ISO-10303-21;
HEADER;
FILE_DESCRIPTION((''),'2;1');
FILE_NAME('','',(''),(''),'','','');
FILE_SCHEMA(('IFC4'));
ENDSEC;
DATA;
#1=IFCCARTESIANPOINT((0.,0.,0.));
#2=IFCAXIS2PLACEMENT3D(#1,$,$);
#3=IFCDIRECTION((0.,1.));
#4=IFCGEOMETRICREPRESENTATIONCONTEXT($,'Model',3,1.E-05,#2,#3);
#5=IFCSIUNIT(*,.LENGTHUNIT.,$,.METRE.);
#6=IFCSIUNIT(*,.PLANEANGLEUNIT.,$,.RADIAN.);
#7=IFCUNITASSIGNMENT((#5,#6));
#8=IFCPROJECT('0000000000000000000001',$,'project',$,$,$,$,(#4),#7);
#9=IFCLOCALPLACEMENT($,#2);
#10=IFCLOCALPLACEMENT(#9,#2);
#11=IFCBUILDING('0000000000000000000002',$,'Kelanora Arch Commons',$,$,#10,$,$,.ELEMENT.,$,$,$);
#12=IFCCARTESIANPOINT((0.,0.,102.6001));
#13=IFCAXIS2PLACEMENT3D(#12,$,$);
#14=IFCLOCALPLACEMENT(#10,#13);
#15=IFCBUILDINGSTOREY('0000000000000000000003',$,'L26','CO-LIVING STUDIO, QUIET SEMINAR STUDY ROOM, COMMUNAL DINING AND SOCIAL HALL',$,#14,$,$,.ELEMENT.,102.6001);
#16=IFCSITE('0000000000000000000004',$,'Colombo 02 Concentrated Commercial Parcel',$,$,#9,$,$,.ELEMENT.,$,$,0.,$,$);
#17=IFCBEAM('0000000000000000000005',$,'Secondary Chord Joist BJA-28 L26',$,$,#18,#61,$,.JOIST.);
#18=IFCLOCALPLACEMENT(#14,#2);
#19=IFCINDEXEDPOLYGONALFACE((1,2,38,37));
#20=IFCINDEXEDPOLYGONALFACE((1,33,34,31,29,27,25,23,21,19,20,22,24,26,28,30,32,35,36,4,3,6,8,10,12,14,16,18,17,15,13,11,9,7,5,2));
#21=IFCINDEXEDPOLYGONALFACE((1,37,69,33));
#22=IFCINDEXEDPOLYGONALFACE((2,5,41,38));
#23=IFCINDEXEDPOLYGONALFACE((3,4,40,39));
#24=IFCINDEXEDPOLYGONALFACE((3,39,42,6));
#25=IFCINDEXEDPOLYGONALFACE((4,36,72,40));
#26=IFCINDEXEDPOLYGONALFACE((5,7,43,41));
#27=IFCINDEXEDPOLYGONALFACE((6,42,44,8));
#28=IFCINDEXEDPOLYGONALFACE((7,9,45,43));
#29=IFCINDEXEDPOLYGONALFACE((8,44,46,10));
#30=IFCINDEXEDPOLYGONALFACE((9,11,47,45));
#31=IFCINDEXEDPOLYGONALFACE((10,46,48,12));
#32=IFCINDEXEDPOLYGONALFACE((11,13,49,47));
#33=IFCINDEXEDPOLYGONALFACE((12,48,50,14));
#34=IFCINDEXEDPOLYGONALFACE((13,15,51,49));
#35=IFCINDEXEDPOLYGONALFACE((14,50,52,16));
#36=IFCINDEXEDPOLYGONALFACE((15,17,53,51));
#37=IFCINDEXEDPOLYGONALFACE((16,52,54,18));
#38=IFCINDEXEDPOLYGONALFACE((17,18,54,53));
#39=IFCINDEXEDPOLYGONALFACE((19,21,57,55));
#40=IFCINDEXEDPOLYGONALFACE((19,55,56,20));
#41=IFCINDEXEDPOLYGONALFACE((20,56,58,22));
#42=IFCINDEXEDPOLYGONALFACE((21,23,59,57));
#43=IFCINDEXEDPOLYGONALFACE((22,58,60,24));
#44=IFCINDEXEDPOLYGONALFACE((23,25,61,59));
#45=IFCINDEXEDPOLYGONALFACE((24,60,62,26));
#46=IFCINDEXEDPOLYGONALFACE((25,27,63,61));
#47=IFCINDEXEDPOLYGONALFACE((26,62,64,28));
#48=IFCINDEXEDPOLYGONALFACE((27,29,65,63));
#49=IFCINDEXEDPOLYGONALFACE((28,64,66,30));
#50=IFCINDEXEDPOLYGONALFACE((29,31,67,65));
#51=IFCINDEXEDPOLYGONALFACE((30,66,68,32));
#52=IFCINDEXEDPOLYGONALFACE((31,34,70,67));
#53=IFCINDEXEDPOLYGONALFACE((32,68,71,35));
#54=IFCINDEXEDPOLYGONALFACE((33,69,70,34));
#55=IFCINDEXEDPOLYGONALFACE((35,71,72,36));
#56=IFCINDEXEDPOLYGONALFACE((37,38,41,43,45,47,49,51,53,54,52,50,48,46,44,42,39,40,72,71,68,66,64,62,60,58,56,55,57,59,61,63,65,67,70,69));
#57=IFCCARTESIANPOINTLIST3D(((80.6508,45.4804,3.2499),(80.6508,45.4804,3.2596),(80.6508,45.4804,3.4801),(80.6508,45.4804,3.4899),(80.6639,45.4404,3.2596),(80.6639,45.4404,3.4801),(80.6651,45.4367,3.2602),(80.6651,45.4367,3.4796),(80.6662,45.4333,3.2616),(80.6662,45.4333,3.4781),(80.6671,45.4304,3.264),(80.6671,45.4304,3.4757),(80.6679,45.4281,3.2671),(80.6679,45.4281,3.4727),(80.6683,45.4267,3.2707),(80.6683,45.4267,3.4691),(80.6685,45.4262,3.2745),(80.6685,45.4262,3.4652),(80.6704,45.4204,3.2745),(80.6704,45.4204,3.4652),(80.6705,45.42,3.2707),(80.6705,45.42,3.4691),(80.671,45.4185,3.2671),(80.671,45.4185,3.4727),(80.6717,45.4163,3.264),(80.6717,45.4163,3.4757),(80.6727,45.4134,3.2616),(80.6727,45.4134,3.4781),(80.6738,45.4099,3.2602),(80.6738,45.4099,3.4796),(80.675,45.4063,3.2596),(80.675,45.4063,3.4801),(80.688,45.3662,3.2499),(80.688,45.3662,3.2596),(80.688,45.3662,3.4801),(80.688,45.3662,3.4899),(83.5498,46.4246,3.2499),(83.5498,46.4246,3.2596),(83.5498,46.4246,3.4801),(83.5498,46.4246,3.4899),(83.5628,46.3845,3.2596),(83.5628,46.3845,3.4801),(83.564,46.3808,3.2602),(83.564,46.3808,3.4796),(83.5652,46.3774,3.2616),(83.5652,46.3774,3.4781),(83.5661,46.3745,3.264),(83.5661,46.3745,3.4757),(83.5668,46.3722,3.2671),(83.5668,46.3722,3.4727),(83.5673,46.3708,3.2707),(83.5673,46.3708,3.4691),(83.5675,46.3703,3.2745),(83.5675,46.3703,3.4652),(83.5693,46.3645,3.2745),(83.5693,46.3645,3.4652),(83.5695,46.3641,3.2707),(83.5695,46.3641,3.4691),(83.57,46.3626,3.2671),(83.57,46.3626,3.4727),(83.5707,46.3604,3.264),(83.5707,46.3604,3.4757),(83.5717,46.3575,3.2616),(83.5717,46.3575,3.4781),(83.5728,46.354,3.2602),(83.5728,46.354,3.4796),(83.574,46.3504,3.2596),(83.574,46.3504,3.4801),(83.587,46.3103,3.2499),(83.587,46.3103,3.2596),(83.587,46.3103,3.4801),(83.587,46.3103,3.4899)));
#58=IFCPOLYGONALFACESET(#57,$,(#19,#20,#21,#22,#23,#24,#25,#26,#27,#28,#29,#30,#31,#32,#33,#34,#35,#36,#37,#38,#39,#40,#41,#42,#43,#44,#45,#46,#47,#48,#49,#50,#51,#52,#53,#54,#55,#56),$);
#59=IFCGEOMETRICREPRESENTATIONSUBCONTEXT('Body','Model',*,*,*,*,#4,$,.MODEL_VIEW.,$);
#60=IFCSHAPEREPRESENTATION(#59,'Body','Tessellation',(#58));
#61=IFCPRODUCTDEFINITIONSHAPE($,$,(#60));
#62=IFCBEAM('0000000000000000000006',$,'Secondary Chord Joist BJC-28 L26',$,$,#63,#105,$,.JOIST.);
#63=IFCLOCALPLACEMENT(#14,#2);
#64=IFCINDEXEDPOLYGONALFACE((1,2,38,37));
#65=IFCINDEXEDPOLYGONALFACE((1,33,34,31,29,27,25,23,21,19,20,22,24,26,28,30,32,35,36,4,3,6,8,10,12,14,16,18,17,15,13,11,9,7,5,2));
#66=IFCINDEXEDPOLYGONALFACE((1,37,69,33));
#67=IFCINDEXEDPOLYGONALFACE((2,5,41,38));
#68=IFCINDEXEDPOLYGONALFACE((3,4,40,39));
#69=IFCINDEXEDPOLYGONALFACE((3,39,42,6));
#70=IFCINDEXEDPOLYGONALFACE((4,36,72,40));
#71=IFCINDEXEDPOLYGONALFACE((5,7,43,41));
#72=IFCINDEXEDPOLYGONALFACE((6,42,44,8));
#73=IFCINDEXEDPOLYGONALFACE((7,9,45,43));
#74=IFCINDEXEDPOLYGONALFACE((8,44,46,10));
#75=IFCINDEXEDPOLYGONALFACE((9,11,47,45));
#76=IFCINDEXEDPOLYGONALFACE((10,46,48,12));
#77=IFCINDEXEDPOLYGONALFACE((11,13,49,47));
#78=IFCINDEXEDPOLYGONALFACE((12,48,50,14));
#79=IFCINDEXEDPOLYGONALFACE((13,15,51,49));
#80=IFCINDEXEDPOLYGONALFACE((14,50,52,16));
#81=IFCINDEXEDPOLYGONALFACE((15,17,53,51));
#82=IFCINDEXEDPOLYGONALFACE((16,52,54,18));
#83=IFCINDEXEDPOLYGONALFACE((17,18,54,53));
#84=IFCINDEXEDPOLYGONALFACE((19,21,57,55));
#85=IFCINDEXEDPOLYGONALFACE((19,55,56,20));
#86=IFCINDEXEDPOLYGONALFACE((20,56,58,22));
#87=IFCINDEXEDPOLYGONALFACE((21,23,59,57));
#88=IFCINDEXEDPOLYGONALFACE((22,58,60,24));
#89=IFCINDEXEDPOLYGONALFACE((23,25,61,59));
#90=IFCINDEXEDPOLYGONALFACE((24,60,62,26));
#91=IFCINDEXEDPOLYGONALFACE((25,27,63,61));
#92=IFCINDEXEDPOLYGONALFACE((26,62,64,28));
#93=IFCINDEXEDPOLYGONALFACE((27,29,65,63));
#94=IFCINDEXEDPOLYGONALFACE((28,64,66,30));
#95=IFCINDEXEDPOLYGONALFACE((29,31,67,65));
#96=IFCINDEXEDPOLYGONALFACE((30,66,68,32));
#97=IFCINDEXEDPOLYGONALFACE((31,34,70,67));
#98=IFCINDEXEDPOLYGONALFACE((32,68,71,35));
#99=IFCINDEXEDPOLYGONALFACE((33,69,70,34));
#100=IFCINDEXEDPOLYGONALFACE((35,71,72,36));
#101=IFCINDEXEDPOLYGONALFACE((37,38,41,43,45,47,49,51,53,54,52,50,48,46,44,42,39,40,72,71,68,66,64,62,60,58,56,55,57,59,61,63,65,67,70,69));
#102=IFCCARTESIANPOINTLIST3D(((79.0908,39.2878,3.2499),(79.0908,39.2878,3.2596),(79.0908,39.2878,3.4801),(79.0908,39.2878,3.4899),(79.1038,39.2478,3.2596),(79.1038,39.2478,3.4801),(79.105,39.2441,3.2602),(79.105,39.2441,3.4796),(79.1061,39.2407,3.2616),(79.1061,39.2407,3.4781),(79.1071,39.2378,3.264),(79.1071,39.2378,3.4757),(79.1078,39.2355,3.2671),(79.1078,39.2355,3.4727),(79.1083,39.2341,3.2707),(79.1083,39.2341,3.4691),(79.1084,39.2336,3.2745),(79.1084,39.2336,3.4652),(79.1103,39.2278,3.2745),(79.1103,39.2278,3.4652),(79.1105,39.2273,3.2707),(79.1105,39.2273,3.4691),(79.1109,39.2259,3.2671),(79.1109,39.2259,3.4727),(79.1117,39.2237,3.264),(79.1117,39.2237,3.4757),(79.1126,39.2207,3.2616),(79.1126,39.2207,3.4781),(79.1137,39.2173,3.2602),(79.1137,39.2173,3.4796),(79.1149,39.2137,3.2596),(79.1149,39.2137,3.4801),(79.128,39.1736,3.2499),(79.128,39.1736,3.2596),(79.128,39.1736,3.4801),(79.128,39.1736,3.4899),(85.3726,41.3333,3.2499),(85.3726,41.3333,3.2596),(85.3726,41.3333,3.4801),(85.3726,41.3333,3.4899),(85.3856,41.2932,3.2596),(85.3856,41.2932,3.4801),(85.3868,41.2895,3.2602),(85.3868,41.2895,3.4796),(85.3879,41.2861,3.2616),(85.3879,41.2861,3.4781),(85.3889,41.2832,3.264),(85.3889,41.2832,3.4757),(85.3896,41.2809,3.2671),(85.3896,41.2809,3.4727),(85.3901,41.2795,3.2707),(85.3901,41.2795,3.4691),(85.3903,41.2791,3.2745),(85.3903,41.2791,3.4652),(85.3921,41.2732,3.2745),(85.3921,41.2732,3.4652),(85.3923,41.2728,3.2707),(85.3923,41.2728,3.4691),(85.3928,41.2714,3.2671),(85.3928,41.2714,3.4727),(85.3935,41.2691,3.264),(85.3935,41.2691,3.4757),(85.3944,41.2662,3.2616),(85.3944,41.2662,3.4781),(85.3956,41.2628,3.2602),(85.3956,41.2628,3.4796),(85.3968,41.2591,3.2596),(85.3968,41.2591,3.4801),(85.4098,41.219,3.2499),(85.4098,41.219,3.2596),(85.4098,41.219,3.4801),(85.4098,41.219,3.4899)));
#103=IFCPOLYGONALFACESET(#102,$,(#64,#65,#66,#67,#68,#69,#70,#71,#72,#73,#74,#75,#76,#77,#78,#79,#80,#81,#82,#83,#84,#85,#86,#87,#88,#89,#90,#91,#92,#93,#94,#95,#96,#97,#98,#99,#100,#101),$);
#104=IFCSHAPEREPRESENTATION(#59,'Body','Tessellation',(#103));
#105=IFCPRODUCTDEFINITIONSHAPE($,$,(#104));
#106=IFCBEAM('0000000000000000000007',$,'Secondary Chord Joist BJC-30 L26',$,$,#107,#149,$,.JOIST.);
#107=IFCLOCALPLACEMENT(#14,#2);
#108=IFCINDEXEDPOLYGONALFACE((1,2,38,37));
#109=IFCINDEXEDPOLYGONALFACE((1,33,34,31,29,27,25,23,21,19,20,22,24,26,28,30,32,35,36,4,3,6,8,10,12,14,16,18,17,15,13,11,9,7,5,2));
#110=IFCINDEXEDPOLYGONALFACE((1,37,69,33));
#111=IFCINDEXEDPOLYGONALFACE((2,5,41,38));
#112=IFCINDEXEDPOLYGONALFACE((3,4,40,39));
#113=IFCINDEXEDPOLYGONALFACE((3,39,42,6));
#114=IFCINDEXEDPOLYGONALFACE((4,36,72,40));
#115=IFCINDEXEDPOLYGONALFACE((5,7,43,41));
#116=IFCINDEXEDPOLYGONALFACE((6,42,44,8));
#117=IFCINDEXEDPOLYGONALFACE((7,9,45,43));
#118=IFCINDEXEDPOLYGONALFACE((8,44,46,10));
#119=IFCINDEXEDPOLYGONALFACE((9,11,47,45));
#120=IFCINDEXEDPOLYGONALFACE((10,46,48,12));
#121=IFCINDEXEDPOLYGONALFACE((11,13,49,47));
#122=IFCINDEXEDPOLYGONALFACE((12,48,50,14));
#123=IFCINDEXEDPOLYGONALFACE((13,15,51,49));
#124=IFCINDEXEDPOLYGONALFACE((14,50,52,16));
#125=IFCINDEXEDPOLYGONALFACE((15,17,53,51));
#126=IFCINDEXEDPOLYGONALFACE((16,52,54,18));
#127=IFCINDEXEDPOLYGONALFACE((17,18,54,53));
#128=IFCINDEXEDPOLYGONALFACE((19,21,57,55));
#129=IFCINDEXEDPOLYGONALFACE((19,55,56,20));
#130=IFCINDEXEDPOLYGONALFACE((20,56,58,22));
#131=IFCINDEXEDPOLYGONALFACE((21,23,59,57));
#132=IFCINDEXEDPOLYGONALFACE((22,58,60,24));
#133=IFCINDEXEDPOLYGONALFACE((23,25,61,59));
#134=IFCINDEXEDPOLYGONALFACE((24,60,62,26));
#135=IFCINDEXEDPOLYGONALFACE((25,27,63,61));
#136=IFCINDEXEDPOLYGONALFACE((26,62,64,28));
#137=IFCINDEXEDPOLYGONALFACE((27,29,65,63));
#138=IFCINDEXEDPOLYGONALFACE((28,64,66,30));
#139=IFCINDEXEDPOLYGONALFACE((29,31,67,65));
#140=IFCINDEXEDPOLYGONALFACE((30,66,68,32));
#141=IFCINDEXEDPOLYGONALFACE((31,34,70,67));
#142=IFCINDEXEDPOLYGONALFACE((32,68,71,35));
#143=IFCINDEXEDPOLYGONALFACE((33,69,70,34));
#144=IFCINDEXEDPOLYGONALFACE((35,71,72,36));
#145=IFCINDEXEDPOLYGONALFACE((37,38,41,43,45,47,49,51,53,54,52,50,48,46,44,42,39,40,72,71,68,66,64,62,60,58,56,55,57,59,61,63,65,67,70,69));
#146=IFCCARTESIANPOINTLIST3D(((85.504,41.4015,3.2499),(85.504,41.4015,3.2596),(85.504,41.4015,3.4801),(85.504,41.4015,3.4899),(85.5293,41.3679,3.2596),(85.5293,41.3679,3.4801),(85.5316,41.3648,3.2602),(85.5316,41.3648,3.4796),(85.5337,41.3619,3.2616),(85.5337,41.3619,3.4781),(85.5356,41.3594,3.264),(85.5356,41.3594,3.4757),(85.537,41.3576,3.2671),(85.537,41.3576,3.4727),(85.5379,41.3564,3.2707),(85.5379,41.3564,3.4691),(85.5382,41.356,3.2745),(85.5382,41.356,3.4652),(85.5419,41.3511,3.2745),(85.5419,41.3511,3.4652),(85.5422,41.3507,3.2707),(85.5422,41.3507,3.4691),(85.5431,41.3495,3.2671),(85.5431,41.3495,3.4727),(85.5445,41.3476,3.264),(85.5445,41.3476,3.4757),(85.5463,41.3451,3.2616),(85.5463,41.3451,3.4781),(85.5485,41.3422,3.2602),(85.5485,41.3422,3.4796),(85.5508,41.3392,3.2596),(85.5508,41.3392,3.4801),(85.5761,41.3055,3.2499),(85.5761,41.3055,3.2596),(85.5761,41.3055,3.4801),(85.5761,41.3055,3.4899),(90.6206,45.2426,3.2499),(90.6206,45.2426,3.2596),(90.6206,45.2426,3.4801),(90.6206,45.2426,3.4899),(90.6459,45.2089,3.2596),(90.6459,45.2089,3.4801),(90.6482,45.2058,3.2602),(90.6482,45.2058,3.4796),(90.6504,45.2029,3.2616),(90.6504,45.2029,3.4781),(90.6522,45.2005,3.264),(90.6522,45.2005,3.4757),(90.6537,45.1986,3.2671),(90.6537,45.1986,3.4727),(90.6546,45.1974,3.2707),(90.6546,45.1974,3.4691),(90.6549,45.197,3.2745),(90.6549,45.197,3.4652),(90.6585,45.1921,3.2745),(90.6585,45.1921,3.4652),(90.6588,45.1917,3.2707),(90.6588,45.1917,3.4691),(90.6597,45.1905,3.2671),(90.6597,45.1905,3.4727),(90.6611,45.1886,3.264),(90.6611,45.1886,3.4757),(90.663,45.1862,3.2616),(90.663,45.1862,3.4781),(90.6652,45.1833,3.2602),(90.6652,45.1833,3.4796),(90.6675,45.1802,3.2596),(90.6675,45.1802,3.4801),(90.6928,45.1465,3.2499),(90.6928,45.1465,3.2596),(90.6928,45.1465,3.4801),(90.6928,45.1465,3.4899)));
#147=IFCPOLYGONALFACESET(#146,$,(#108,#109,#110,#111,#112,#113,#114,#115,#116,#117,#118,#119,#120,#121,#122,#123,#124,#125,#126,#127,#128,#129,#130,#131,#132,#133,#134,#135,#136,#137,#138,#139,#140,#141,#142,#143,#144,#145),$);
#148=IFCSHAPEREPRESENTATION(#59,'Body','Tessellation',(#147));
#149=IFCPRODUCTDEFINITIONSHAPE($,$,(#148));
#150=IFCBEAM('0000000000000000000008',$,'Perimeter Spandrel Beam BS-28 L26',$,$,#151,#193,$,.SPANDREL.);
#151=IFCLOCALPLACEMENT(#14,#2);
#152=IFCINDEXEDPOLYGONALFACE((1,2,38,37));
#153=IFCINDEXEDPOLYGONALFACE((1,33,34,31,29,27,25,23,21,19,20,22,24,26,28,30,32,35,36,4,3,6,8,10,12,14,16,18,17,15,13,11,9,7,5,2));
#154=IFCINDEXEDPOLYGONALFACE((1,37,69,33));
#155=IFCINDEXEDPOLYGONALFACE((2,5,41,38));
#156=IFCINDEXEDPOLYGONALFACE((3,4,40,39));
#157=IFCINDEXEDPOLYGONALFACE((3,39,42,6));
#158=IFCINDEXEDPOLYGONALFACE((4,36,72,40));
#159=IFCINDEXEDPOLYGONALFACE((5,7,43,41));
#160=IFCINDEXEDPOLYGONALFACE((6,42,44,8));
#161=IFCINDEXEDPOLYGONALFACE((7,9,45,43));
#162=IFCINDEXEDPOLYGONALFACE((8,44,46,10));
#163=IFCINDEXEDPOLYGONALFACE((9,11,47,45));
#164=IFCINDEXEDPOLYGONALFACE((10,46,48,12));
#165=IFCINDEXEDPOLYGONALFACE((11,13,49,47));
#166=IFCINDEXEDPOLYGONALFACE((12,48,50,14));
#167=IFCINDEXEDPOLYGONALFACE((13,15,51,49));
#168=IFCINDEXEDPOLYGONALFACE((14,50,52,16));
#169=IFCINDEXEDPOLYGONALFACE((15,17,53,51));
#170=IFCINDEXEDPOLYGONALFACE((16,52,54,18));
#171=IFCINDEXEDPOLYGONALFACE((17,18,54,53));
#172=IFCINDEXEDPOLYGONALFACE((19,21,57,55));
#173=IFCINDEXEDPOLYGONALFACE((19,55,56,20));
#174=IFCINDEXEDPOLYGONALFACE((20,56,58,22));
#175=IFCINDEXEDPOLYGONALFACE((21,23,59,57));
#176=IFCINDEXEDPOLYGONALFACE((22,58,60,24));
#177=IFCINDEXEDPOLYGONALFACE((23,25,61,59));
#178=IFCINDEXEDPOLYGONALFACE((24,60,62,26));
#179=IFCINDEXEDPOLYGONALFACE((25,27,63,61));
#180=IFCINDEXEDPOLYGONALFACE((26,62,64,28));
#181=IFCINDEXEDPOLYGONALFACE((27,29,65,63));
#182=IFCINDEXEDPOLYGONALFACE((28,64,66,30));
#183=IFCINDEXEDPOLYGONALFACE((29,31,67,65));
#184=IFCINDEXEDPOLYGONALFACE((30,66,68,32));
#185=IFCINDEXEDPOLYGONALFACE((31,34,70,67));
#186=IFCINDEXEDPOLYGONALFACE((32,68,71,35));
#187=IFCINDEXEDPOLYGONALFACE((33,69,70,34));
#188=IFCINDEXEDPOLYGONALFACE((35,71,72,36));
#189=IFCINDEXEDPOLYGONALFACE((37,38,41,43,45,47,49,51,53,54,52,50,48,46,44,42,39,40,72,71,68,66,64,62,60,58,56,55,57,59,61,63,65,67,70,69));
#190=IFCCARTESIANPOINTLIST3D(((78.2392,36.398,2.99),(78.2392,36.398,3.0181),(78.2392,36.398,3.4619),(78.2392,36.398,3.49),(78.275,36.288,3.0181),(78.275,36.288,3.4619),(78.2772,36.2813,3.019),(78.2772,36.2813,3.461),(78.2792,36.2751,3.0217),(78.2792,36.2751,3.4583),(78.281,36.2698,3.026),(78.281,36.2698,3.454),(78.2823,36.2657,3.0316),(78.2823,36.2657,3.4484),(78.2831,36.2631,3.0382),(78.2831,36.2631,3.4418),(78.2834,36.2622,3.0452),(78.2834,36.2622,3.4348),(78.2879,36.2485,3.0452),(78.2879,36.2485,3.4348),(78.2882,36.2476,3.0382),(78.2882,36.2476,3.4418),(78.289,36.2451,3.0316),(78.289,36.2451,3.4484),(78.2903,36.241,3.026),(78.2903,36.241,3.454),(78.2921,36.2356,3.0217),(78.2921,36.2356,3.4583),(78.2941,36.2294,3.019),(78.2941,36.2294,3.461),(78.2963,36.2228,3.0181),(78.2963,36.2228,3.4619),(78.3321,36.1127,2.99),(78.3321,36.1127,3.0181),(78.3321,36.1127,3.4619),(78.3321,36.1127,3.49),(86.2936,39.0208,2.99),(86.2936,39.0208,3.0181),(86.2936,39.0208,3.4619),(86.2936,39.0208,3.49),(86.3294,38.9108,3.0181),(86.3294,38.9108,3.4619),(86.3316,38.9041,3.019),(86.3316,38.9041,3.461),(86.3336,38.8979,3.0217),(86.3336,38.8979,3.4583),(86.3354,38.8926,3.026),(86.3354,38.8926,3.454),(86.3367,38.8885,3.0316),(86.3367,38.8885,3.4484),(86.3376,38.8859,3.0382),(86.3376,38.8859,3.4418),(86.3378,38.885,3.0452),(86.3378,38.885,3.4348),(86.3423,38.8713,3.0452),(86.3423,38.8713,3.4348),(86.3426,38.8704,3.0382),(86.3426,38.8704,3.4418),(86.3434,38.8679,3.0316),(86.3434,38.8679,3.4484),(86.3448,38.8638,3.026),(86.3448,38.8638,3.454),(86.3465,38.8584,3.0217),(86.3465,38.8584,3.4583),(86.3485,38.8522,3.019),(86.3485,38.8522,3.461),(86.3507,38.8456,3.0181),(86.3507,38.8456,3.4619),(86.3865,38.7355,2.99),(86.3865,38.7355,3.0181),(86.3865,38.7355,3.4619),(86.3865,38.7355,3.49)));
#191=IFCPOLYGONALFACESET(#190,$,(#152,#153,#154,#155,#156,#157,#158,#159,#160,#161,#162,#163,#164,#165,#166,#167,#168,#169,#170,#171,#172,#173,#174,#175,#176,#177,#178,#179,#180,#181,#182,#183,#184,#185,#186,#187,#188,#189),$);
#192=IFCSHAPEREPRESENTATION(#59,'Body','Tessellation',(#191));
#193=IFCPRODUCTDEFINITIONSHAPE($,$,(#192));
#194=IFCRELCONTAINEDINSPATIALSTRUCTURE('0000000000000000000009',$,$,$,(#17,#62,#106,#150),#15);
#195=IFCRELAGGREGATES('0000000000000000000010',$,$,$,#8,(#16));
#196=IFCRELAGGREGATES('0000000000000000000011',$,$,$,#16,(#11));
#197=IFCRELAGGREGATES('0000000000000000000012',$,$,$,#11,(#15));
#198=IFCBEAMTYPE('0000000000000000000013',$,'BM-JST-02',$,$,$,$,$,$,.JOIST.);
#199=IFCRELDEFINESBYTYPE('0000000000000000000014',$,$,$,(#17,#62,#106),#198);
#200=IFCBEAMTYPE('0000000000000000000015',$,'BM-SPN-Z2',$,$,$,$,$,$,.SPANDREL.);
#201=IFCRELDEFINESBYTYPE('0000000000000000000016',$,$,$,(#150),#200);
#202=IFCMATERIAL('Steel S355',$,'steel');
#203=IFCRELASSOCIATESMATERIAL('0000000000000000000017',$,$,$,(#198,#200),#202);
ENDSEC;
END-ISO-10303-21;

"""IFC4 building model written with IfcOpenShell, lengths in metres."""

from ifc_helpers import new_model, si_unit, direction, frame, origin, origin_2d, place, context, subcontext, project, spatial, i_section, extrude, material, material_profile, profile_set, type_object, element, save


model = new_model("IFC4")

# Units and contexts
model_context = context("Model", 3, precision=1e-05, world=origin(), true_north=direction((0.0, 1.0)))
body_context = subcontext(model_context, "Body", "Model", "MODEL_VIEW")
ifc_project = project(units=[si_unit("LENGTHUNIT", "METRE"), si_unit("PLANEANGLEUNIT", "RADIAN")], contexts=[model_context])

# Site, building, storey
site_placement = place(None, origin())
site = spatial("IfcSite", under=ifc_project, at=site_placement, Name="Colombo 02 Concentrated Commercial Parcel", CompositionType="ELEMENT", RefElevation=0.0)
building_placement = place(site_placement, origin())
building = spatial("IfcBuilding", under=site, at=building_placement, Name="Kelanora Arch Commons", CompositionType="ELEMENT")
storey_placement = place(building_placement, frame((0.0, 0.0, 102.6001)))
storey = spatial("IfcBuildingStorey", under=building, at=storey_placement, Name="L26", Description="CO-LIVING STUDIO, QUIET SEMINAR STUDY ROOM, COMMUNAL DINING AND SOCIAL HALL", CompositionType="ELEMENT", Elevation=102.6001)

# Beams
ifc_material_1 = material(Name="Steel S355", Category="steel")
ifc_material_profile_1 = material_profile(ifc_material_1, i_section(OverallWidth=0.1201, OverallDepth=0.24, WebThickness=0.0061, FlangeThickness=0.0098, FilletRadius=0.0149, at=origin_2d()), Name="IPE240")
ifc_profile_set_1 = profile_set([ifc_material_profile_1], Name="Steel S355")
beam_type_1 = type_object("IfcBeamType", Name="BM-JST-02", PredefinedType="JOIST", material=ifc_profile_set_1)
beam_1_placement = place(storey_placement, frame((80.6694, 45.4233, 3.3699), z_axis=(0.950847, 0.309662, 0.0), x_axis=(-0.309662, 0.950847, 0.0)))
element("IfcBeam", 1, at=beam_1_placement, inside=storey, type_object=beam_type_1, Name="Secondary Chord Joist BJA-28 L26", PredefinedType="JOIST", context=body_context, shape_type="SweptSolid", body=[
    extrude(i_section(OverallWidth=0.1201, OverallDepth=0.24, WebThickness=0.0061, FlangeThickness=0.0098, FilletRadius=0.0149, at=origin_2d()), origin(), (0.0, 0.0, 1.0), 3.0488),
])
beam_2_placement = place(storey_placement, frame((79.1094, 39.2307, 3.3699), z_axis=(0.950863, 0.309612, 0.0), x_axis=(-0.309612, 0.950863, 0.0)))
element("IfcBeam", 2, at=beam_2_placement, inside=storey, type_object=beam_type_1, Name="Secondary Chord Joist BJC-28 L26", PredefinedType="JOIST", context=body_context, shape_type="SweptSolid", body=[
    extrude(i_section(OverallWidth=0.1201, OverallDepth=0.24, WebThickness=0.0061, FlangeThickness=0.0098, FilletRadius=0.0149, at=origin_2d()), origin(), (0.0, 0.0, 1.0), 6.6064),
])
beam_3_placement = place(storey_placement, frame((85.54, 41.3535, 3.3699), z_axis=(0.799734, 0.600354, 0.0), x_axis=(-0.600354, 0.799734, 0.0)))
element("IfcBeam", 3, at=beam_3_placement, inside=storey, type_object=beam_type_1, Name="Secondary Chord Joist BJC-30 L26", PredefinedType="JOIST", context=body_context, shape_type="SweptSolid", body=[
    extrude(i_section(OverallWidth=0.1201, OverallDepth=0.24, WebThickness=0.0061, FlangeThickness=0.0098, FilletRadius=0.0149, at=origin_2d()), origin(), (0.0, 0.0, 1.0), 6.3979),
])
ifc_material_profile_2 = material_profile(ifc_material_1, i_section(OverallWidth=0.3, OverallDepth=0.5, WebThickness=0.0144, FlangeThickness=0.0281, FilletRadius=0.0271, at=origin_2d()), Name="HEB500")
ifc_profile_set_2 = profile_set([ifc_material_profile_2], Name="Steel S355")
beam_type_2 = type_object("IfcBeamType", Name="BM-SPN-Z2", PredefinedType="SPANDREL", material=ifc_profile_set_2)
beam_4_placement = place(storey_placement, frame((78.2856, 36.2554, 3.24), z_axis=(0.950857, 0.309631, 0.0), x_axis=(-0.309631, 0.950857, 0.0)))
element("IfcBeam", 4, at=beam_4_placement, inside=storey, type_object=beam_type_2, Name="Perimeter Spandrel Beam BS-28 L26", PredefinedType="SPANDREL", context=body_context, shape_type="SweptSolid", body=[
    extrude(i_section(OverallWidth=0.3, OverallDepth=0.5, WebThickness=0.0144, FlangeThickness=0.0281, FilletRadius=0.0271, at=origin_2d()), origin(), (0.0, 0.0, 1.0), 8.4707),
])

save(model, "model.ifc")
